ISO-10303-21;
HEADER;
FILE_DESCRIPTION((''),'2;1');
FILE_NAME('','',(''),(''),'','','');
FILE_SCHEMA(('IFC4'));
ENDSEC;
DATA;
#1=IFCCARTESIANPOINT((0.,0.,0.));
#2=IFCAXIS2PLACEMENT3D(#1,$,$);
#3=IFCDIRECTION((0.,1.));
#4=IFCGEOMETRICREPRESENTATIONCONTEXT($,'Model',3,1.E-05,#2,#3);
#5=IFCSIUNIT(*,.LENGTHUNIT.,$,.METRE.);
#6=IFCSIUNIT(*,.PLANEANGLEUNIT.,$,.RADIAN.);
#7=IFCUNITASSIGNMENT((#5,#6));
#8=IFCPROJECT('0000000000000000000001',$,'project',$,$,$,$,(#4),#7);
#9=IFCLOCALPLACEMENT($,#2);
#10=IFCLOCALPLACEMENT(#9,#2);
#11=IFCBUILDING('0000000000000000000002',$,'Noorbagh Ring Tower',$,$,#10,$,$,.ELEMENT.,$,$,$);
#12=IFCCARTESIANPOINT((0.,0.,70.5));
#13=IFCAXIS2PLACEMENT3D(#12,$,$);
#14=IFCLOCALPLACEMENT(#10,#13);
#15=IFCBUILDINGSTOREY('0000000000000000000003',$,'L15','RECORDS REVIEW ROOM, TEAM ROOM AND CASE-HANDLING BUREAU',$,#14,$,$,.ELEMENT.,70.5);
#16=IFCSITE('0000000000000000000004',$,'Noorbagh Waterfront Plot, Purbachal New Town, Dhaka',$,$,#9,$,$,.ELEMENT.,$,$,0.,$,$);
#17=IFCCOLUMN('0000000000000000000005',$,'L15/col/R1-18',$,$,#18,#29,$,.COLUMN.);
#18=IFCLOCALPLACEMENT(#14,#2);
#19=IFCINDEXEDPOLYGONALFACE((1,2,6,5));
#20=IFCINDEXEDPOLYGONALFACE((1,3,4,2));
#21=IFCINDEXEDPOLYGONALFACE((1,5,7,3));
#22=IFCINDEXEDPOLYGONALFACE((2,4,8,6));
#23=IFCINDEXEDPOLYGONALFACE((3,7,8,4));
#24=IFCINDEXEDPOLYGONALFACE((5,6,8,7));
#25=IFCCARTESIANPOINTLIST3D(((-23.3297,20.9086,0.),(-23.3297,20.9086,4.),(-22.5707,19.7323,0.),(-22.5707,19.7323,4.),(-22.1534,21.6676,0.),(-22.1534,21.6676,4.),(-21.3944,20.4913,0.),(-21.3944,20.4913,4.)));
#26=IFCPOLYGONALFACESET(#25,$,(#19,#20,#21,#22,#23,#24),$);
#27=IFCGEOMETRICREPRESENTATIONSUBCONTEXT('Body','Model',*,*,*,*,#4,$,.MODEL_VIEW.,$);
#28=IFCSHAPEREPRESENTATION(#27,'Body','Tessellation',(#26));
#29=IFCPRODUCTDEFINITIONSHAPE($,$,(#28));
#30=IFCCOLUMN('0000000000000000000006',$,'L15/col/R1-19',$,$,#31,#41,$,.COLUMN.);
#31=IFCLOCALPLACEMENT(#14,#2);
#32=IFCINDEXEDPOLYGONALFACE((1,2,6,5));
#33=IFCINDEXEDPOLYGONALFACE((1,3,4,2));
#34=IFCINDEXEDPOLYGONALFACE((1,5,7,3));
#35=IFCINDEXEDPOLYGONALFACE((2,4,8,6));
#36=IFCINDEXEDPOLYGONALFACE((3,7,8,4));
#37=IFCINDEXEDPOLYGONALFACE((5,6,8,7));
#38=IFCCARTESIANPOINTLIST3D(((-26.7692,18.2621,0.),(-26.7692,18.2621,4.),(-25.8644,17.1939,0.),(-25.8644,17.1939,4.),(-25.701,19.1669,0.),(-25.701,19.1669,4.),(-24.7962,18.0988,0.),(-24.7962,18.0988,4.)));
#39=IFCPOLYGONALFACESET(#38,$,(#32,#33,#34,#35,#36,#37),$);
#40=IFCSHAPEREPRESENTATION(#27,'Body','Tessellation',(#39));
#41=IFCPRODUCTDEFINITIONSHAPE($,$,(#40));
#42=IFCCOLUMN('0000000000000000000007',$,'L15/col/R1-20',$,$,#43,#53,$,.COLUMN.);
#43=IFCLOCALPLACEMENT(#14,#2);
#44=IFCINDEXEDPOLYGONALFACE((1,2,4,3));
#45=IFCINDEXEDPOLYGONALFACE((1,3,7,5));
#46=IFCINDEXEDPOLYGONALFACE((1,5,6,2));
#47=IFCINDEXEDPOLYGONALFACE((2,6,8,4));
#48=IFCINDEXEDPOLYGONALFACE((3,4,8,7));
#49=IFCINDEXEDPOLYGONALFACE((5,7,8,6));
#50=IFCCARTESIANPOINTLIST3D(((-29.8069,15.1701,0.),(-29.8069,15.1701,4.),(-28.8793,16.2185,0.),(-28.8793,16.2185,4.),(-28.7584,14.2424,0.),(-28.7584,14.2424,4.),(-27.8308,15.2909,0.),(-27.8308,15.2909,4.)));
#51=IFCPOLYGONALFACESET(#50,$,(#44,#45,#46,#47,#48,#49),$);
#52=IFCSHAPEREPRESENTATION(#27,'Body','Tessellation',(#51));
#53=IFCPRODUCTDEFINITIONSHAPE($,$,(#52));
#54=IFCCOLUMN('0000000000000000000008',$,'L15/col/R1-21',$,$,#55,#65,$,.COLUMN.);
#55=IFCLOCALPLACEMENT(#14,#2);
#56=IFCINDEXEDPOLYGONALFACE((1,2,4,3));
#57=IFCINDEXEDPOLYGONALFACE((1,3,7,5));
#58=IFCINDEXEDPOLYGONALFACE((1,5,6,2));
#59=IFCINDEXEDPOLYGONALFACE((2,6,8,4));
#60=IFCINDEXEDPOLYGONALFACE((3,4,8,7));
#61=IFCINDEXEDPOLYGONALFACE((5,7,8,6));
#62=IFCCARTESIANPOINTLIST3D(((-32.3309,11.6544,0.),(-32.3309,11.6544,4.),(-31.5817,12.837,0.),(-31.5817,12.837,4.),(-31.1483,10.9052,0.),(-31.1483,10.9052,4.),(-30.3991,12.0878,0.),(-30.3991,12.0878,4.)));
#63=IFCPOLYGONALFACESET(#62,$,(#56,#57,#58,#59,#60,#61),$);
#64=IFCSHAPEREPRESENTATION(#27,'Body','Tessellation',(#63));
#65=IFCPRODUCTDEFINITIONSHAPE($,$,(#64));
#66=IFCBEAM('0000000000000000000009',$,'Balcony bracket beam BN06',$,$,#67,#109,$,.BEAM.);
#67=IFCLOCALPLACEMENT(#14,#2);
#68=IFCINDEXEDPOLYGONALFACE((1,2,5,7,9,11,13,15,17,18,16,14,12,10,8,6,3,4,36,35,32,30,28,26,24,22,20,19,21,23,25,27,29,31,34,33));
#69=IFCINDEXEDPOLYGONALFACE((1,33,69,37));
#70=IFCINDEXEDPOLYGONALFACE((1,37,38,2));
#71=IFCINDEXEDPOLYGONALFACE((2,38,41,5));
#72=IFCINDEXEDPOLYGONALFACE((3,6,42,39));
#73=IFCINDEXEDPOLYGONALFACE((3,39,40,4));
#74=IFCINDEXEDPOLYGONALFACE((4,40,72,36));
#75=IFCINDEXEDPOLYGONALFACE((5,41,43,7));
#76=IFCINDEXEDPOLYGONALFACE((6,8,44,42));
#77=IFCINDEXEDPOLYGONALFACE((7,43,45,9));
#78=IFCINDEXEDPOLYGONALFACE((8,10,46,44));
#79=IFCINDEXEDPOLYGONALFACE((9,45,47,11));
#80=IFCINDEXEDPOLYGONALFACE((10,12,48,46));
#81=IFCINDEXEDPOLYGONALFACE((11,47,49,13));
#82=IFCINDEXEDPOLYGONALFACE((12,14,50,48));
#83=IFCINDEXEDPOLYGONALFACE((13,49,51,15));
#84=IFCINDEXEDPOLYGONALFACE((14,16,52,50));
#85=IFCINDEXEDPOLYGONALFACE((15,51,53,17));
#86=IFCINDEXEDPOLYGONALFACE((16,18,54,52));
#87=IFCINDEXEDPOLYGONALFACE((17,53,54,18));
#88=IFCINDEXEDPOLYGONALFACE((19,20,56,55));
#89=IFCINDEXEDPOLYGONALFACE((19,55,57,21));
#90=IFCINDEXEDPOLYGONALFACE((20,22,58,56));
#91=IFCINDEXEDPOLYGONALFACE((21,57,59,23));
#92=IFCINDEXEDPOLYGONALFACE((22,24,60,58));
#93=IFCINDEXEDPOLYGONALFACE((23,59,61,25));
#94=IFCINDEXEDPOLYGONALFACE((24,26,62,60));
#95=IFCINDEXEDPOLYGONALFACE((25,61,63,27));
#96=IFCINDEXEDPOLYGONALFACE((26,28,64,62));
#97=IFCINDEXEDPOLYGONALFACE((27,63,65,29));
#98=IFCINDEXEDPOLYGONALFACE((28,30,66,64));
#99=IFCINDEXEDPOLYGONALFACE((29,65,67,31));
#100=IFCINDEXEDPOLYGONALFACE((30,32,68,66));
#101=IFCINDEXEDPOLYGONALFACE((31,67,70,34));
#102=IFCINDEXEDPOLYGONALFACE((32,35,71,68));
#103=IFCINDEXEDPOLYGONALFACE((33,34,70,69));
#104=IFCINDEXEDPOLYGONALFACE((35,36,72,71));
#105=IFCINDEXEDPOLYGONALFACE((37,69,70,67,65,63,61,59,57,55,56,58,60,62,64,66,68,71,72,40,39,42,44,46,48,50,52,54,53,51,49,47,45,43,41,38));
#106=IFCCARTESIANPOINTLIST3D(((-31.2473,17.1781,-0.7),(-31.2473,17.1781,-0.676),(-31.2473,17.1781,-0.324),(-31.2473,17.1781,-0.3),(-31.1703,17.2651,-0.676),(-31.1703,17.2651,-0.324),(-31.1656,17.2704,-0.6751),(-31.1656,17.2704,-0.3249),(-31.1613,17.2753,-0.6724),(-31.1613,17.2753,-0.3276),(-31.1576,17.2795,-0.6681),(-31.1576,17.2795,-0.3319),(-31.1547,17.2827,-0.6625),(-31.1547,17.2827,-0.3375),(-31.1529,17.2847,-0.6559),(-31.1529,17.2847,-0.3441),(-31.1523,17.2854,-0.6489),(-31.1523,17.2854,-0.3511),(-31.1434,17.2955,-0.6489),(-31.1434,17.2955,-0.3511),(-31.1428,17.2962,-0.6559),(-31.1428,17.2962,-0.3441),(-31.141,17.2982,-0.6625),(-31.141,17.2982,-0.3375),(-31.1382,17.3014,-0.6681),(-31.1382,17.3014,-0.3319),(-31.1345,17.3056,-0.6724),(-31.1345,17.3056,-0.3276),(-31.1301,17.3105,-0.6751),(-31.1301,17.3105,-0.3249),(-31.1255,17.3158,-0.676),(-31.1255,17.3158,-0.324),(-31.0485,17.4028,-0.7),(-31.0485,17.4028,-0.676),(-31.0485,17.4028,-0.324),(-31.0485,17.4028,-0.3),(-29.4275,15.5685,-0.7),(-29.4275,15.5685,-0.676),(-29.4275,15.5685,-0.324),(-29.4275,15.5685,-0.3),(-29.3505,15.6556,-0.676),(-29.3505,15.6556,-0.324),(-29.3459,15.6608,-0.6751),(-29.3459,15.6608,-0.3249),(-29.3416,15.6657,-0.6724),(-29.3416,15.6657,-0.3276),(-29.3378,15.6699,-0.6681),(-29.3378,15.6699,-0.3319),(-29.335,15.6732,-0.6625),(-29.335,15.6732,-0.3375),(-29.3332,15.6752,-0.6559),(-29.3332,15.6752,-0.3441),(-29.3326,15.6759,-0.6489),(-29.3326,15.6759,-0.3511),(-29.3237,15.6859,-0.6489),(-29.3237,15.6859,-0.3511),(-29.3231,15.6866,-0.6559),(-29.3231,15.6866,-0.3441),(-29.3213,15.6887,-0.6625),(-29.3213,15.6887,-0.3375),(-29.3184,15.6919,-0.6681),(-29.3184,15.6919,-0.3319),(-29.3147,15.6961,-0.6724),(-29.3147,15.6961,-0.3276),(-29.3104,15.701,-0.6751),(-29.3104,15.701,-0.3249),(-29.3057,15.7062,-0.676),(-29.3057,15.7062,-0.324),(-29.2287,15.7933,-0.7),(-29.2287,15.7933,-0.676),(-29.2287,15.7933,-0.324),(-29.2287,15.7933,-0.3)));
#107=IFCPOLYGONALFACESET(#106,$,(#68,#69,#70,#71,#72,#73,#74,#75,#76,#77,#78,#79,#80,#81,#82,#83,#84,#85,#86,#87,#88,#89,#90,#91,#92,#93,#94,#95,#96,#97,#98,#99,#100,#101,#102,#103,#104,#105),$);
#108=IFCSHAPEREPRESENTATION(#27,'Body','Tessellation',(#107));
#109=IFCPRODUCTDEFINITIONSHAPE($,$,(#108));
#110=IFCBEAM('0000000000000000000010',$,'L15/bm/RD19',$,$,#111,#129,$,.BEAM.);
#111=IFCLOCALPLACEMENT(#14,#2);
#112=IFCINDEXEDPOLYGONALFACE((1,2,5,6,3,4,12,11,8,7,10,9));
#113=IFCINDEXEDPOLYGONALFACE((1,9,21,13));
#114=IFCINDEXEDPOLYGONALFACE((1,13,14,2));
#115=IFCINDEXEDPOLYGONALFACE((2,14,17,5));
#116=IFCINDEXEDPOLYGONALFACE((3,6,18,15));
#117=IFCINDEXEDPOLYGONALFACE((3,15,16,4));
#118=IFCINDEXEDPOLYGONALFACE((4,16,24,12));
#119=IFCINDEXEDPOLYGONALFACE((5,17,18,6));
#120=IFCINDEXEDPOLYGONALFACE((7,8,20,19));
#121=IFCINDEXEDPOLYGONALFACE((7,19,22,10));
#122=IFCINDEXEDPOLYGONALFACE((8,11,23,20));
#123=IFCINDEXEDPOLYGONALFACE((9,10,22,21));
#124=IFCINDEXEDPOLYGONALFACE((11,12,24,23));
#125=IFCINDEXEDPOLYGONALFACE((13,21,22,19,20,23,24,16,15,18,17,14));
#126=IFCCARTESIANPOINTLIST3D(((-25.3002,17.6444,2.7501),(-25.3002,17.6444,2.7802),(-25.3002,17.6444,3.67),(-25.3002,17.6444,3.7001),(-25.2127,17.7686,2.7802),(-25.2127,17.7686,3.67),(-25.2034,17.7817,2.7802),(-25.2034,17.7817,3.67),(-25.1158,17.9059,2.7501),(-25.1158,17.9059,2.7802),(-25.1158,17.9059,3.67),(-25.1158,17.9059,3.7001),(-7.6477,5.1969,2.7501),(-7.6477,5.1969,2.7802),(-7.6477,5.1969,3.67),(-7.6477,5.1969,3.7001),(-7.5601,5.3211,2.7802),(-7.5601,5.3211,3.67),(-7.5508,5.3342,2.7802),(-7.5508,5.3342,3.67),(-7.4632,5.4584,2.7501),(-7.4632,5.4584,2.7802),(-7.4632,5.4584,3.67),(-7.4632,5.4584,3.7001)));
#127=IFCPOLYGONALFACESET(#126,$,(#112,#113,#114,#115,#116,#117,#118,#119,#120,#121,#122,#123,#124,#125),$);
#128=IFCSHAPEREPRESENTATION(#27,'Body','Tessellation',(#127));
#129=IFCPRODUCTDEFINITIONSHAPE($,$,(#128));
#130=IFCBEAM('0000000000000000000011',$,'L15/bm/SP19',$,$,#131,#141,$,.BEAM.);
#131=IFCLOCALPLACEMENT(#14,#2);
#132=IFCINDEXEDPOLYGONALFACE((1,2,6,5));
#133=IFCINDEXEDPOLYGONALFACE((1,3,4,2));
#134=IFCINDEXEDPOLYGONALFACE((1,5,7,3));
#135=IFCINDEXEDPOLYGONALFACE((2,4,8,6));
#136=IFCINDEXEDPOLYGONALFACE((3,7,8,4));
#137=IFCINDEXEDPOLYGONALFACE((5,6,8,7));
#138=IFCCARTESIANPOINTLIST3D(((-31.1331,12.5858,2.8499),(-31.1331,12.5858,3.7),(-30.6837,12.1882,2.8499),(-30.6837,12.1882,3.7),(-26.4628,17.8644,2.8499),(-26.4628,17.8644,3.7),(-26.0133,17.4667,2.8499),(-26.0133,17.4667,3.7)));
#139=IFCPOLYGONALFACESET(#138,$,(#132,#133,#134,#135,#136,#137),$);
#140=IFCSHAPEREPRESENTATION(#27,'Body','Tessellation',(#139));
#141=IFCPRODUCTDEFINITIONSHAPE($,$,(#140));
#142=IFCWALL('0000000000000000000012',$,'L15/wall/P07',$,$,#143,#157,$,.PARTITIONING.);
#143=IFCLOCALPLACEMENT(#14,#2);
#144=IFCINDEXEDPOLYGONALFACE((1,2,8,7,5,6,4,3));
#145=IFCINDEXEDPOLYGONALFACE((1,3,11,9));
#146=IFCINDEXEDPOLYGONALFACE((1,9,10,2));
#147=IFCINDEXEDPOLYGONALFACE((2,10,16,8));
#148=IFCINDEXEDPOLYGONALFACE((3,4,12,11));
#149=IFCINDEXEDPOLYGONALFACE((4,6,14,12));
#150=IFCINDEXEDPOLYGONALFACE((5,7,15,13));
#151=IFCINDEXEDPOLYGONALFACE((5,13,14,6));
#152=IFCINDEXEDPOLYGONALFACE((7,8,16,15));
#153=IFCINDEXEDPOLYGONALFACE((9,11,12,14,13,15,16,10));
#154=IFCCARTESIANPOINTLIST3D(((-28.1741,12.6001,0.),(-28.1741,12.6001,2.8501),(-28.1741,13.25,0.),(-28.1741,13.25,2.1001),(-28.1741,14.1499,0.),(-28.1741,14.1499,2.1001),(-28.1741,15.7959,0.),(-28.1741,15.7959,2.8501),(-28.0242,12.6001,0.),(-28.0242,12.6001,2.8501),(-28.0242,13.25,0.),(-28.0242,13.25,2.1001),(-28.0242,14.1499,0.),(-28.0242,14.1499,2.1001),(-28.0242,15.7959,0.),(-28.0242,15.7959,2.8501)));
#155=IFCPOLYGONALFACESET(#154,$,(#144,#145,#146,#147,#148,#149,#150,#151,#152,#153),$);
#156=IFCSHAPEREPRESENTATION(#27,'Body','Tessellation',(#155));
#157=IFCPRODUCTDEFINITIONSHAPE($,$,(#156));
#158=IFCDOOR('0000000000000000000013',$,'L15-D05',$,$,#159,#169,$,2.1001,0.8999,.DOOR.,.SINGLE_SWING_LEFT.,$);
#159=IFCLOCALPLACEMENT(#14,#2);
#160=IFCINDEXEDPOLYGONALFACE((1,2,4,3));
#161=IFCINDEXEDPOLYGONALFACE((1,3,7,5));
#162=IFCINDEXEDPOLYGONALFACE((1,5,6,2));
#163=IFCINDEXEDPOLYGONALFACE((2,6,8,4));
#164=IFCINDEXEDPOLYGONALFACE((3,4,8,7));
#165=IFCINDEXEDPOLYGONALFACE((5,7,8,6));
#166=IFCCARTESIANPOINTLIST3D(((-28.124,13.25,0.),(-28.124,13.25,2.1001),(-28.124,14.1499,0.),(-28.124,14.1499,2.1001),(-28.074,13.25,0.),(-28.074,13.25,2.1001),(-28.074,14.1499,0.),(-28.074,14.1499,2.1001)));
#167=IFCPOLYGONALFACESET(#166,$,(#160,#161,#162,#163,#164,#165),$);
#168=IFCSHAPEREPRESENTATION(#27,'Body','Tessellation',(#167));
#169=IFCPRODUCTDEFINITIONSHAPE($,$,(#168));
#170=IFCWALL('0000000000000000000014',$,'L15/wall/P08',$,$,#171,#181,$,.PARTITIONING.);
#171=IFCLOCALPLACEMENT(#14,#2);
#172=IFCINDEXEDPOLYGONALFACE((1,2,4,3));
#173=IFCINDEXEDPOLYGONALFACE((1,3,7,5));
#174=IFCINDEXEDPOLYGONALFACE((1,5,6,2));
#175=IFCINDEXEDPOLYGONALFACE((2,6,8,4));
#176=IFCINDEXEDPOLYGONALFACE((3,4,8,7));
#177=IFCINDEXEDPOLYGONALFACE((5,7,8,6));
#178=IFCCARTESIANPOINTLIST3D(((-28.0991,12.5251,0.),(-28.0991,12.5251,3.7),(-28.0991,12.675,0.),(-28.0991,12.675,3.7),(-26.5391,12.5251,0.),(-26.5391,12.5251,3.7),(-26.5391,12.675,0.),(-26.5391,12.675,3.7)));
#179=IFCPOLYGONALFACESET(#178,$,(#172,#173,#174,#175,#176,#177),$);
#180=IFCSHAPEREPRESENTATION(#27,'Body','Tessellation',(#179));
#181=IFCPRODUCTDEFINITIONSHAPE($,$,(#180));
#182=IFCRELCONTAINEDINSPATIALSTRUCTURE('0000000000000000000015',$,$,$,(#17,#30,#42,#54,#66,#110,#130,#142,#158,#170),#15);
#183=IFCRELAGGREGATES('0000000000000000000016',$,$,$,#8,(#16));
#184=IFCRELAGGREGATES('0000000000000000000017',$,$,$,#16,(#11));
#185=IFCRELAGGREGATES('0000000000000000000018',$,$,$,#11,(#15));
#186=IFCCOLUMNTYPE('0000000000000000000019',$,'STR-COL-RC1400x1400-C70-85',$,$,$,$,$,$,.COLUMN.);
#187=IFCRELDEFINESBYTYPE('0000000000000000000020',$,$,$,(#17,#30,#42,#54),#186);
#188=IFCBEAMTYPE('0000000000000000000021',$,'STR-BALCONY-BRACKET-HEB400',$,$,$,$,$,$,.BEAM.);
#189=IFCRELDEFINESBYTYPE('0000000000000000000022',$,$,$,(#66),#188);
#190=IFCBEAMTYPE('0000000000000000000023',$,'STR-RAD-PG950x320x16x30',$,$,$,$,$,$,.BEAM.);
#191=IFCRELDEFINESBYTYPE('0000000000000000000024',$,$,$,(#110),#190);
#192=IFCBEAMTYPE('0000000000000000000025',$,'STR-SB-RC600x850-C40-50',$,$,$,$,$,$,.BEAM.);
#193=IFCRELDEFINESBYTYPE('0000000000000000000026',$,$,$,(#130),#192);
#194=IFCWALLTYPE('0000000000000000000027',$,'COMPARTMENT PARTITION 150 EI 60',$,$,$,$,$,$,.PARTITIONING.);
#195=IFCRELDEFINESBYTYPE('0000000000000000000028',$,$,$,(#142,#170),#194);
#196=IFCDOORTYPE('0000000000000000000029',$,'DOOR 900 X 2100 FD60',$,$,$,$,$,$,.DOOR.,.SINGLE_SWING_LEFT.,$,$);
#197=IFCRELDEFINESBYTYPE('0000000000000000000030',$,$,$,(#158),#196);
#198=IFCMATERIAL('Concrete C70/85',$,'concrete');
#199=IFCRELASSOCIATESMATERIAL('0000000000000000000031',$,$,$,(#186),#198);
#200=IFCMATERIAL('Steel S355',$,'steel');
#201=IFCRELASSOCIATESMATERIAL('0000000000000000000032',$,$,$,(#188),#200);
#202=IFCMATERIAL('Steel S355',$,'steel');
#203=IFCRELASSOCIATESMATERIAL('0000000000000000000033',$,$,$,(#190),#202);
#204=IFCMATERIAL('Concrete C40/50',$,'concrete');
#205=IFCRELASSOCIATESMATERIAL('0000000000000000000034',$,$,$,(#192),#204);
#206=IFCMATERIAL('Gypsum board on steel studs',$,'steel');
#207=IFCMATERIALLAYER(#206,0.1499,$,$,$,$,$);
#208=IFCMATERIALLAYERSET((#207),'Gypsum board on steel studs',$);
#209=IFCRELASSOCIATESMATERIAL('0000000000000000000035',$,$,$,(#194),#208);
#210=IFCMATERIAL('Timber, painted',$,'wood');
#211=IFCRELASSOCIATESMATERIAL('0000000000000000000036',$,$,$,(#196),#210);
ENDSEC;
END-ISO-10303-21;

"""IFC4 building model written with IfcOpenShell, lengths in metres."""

from ifc_helpers import new_model, si_unit, direction, frame, frame_2d, origin, origin_2d, place, context, subcontext, project, spatial, rectangle, i_section, extrude, material, layer, layer_set, material_profile, profile_set, type_object, element, fill, save


model = new_model("IFC4")

# Units and contexts
model_context = context("Model", 3, precision=1e-05, world=origin(), true_north=direction((0.0, 1.0)))
body_context = subcontext(model_context, "Body", "Model", "MODEL_VIEW")
ifc_project = project(units=[si_unit("LENGTHUNIT", "METRE"), si_unit("PLANEANGLEUNIT", "RADIAN")], contexts=[model_context])

# Site, building, storey
site_placement = place(None, origin())
site = spatial("IfcSite", under=ifc_project, at=site_placement, Name="Noorbagh Waterfront Plot, Purbachal New Town, Dhaka", CompositionType="ELEMENT", RefElevation=0.0)
building_placement = place(site_placement, origin())
building = spatial("IfcBuilding", under=site, at=building_placement, Name="Noorbagh Ring Tower", CompositionType="ELEMENT")
storey_placement = place(building_placement, frame((0.0, 0.0, 70.5)))
storey = spatial("IfcBuildingStorey", under=building, at=storey_placement, Name="L15", Description="RECORDS REVIEW ROOM, TEAM ROOM AND CASE-HANDLING BUREAU", CompositionType="ELEMENT", Elevation=70.5)

# Columns
ifc_material_1 = material(Name="Concrete C70/85", Category="concrete")
ifc_material_profile_1 = material_profile(ifc_material_1, rectangle(XDim=1.3999, YDim=1.3999, at=origin_2d()), Name="RC1400x1400")
ifc_profile_set_1 = profile_set([ifc_material_profile_1], Name="Concrete C70/85")
column_type = type_object("IfcColumnType", Name="STR-COL-RC1400x1400-C70-85", PredefinedType="COLUMN", material=ifc_profile_set_1)
for number, where, z_axis, x_axis, name in (
    (1, (-22.3621, 20.7, 0.0), (0.0, 0.0, 1.0), (-0.840248, -0.542203, 0.0), "L15/col/R1-18"),
    (2, (-25.7827, 18.1804, 0.0), (0.0, 0.0, 1.0), (-0.763035, -0.646357, 0.0), "L15/col/R1-19"),
    (3, (-28.8188, 15.2305, 0.0), (0.0, 0.0, 1.0), (-0.662636, -0.748942, 0.0), "L15/col/R1-20"),
    (4, (-31.365, 11.8711, 0.0), (0.0, 0.0, 1.0), (-0.53519, -0.844731, 0.0), "L15/col/R1-21"),
):
    element("IfcColumn", number, at=place(storey_placement, frame(where, z_axis=z_axis, x_axis=x_axis)), inside=storey, type_object=column_type, Name=name, PredefinedType="COLUMN", context=body_context, shape_type="SweptSolid", body=[
        extrude(rectangle(XDim=1.3999, YDim=1.3999, at=origin_2d()), origin(), (0.0, 0.0, 1.0), 4.0),
    ])

# Beams
ifc_material_2 = material(Name="Steel S355", Category="steel")
ifc_material_profile_2 = material_profile(ifc_material_2, i_section(OverallWidth=0.3, OverallDepth=0.3999, WebThickness=0.0134, FlangeThickness=0.0239, FilletRadius=0.0271, at=origin_2d()), Name="HEB400")
ifc_profile_set_2 = profile_set([ifc_material_profile_2], Name="Steel S355")
beam_type_1 = type_object("IfcBeamType", Name="STR-BALCONY-BRACKET-HEB400", PredefinedType="BEAM", material=ifc_profile_set_2)
beam_1_placement = place(storey_placement, frame((-29.3281, 15.6809, -0.5), z_axis=(-0.749043, 0.662522, 0.0), x_axis=(-0.662522, -0.749043, 0.0)))
element("IfcBeam", 5, at=beam_1_placement, inside=storey, type_object=beam_type_1, Name="Balcony bracket beam BN06", PredefinedType="BEAM", context=body_context, shape_type="SweptSolid", body=[
    extrude(i_section(OverallWidth=0.3, OverallDepth=0.3999, WebThickness=0.0134, FlangeThickness=0.0239, FilletRadius=0.0271, at=origin_2d()), origin(), (0.0, 0.0, 1.0), 2.4294),
])
ifc_material_3 = material(Name="Steel S355", Category="steel")
ifc_material_profile_3 = material_profile(ifc_material_3, i_section(OverallWidth=0.3201, OverallDepth=0.95, WebThickness=0.0161, FlangeThickness=0.03, at=origin_2d()), Name="PG950x320x16x30")
ifc_profile_set_3 = profile_set([ifc_material_profile_3], Name="Steel S355")
beam_type_2 = type_object("IfcBeamType", Name="STR-RAD-PG950x320x16x30", PredefinedType="BEAM", material=ifc_profile_set_3)
beam_2_placement = place(storey_placement, frame((-25.208, 17.7751, 3.2251), z_axis=(0.817254, -0.576277, 0.0), x_axis=(0.576277, 0.817254, 0.0)))
element("IfcBeam", 6, at=beam_2_placement, inside=storey, type_object=beam_type_2, Name="L15/bm/RD19", PredefinedType="BEAM", context=body_context, shape_type="SweptSolid", body=[
    extrude(i_section(OverallWidth=0.3201, OverallDepth=0.95, WebThickness=0.0161, FlangeThickness=0.03, at=origin_2d()), origin(), (0.0, 0.0, 1.0), 21.5999),
])
ifc_material_4 = material(Name="Concrete C40/50", Category="concrete")
ifc_material_profile_4 = material_profile(ifc_material_4, rectangle(XDim=0.6001, YDim=0.8501, at=origin_2d()), Name="RC600x850")
ifc_profile_set_4 = profile_set([ifc_material_profile_4], Name="Concrete C40/50")
beam_type_3 = type_object("IfcBeamType", Name="STR-SB-RC600x850-C40-50", PredefinedType="BEAM", material=ifc_profile_set_4)
beam_3_placement = place(storey_placement, frame((-26.238, 17.6655, 3.2749), z_axis=(-0.662646, -0.748932, 0.0), x_axis=(0.748932, -0.662646, 0.0)))
element("IfcBeam", 7, at=beam_3_placement, inside=storey, type_object=beam_type_3, Name="L15/bm/SP19", PredefinedType="BEAM", context=body_context, shape_type="SweptSolid", body=[
    extrude(rectangle(XDim=0.6001, YDim=0.8501, at=origin_2d()), origin(), (0.0, 0.0, 1.0), 7.0481),
])

# Wall, opening, door
ifc_material_5 = material(Name="Gypsum board on steel studs", Category="steel")
ifc_layer_1 = layer(ifc_material_5, 0.1499)
ifc_layer_set_1 = layer_set([ifc_layer_1], Name="Gypsum board on steel studs")
wall_type_1 = type_object("IfcWallType", Name="COMPARTMENT PARTITION 150 EI 60", PredefinedType="PARTITIONING", material=ifc_layer_set_1)
wall_1_placement = place(storey_placement, frame((-28.0991, 12.6001, 0.0), z_axis=(0.0, 0.0, 1.0), x_axis=(0.0, 1.0, 0.0)))
wall_1 = element("IfcWall", 8, at=wall_1_placement, inside=storey, type_object=wall_type_1, Name="L15/wall/P07", PredefinedType="PARTITIONING", context=body_context, shape_type="SweptSolid", body=[
    extrude(rectangle(XDim=3.1958, YDim=0.1499, at=frame_2d((1.5979, 0.0))), origin(), (0.0, 0.0, 1.0), 2.8501),
])
opening_1_placement = place(wall_1_placement, frame((0.6499, 0.0, 0.0)))
opening_1 = element("IfcOpeningElement", 9, at=opening_1_placement, cuts=wall_1, PredefinedType="OPENING", context=body_context, shape_type="SweptSolid", body=[
    extrude(rectangle(XDim=0.8999, YDim=2.1001, at=frame_2d((0.45, 1.05))), frame((0.0, 0.085, 0.0), z_axis=(0.0, -1.0, 0.0), x_axis=(1.0, 0.0, 0.0)), (0.0, 0.0, 1.0), 0.1699),
])
ifc_material_6 = material(Name="Timber, painted", Category="wood")
door_type_1 = type_object("IfcDoorType", Name="DOOR 900 X 2100 FD60", OperationType="SINGLE_SWING_LEFT", PredefinedType="DOOR", material=ifc_material_6)
door_1_placement = place(opening_1_placement, origin())
door_1 = element("IfcDoor", 10, at=door_1_placement, inside=storey, type_object=door_type_1, Name="L15-D05", OperationType="SINGLE_SWING_LEFT", OverallHeight=2.1001, OverallWidth=0.8999, PredefinedType="DOOR", context=body_context, shape_type="SweptSolid", body=[
    extrude(rectangle(XDim=0.8999, YDim=2.1001, at=frame_2d((0.45, 1.05))), frame((0.0, 0.0249, 0.0), z_axis=(0.0, -1.0, 0.0), x_axis=(1.0, 0.0, 0.0)), (0.0, 0.0, 1.0), 0.05),
])
fill(opening_1, door_1)

# Wall
wall_2_placement = place(storey_placement, frame((-28.0991, 12.6001, 0.0), z_axis=(0.0, 0.0, 1.0), x_axis=(1.0, 0.0, 0.0)))
element("IfcWall", 11, at=wall_2_placement, inside=storey, type_object=wall_type_1, Name="L15/wall/P08", PredefinedType="PARTITIONING", context=body_context, shape_type="SweptSolid", body=[
    extrude(rectangle(XDim=1.5601, YDim=0.1499, at=frame_2d((0.78, 0.0))), origin(), (0.0, 0.0, 1.0), 3.7),
])

save(model, "model.ifc")
